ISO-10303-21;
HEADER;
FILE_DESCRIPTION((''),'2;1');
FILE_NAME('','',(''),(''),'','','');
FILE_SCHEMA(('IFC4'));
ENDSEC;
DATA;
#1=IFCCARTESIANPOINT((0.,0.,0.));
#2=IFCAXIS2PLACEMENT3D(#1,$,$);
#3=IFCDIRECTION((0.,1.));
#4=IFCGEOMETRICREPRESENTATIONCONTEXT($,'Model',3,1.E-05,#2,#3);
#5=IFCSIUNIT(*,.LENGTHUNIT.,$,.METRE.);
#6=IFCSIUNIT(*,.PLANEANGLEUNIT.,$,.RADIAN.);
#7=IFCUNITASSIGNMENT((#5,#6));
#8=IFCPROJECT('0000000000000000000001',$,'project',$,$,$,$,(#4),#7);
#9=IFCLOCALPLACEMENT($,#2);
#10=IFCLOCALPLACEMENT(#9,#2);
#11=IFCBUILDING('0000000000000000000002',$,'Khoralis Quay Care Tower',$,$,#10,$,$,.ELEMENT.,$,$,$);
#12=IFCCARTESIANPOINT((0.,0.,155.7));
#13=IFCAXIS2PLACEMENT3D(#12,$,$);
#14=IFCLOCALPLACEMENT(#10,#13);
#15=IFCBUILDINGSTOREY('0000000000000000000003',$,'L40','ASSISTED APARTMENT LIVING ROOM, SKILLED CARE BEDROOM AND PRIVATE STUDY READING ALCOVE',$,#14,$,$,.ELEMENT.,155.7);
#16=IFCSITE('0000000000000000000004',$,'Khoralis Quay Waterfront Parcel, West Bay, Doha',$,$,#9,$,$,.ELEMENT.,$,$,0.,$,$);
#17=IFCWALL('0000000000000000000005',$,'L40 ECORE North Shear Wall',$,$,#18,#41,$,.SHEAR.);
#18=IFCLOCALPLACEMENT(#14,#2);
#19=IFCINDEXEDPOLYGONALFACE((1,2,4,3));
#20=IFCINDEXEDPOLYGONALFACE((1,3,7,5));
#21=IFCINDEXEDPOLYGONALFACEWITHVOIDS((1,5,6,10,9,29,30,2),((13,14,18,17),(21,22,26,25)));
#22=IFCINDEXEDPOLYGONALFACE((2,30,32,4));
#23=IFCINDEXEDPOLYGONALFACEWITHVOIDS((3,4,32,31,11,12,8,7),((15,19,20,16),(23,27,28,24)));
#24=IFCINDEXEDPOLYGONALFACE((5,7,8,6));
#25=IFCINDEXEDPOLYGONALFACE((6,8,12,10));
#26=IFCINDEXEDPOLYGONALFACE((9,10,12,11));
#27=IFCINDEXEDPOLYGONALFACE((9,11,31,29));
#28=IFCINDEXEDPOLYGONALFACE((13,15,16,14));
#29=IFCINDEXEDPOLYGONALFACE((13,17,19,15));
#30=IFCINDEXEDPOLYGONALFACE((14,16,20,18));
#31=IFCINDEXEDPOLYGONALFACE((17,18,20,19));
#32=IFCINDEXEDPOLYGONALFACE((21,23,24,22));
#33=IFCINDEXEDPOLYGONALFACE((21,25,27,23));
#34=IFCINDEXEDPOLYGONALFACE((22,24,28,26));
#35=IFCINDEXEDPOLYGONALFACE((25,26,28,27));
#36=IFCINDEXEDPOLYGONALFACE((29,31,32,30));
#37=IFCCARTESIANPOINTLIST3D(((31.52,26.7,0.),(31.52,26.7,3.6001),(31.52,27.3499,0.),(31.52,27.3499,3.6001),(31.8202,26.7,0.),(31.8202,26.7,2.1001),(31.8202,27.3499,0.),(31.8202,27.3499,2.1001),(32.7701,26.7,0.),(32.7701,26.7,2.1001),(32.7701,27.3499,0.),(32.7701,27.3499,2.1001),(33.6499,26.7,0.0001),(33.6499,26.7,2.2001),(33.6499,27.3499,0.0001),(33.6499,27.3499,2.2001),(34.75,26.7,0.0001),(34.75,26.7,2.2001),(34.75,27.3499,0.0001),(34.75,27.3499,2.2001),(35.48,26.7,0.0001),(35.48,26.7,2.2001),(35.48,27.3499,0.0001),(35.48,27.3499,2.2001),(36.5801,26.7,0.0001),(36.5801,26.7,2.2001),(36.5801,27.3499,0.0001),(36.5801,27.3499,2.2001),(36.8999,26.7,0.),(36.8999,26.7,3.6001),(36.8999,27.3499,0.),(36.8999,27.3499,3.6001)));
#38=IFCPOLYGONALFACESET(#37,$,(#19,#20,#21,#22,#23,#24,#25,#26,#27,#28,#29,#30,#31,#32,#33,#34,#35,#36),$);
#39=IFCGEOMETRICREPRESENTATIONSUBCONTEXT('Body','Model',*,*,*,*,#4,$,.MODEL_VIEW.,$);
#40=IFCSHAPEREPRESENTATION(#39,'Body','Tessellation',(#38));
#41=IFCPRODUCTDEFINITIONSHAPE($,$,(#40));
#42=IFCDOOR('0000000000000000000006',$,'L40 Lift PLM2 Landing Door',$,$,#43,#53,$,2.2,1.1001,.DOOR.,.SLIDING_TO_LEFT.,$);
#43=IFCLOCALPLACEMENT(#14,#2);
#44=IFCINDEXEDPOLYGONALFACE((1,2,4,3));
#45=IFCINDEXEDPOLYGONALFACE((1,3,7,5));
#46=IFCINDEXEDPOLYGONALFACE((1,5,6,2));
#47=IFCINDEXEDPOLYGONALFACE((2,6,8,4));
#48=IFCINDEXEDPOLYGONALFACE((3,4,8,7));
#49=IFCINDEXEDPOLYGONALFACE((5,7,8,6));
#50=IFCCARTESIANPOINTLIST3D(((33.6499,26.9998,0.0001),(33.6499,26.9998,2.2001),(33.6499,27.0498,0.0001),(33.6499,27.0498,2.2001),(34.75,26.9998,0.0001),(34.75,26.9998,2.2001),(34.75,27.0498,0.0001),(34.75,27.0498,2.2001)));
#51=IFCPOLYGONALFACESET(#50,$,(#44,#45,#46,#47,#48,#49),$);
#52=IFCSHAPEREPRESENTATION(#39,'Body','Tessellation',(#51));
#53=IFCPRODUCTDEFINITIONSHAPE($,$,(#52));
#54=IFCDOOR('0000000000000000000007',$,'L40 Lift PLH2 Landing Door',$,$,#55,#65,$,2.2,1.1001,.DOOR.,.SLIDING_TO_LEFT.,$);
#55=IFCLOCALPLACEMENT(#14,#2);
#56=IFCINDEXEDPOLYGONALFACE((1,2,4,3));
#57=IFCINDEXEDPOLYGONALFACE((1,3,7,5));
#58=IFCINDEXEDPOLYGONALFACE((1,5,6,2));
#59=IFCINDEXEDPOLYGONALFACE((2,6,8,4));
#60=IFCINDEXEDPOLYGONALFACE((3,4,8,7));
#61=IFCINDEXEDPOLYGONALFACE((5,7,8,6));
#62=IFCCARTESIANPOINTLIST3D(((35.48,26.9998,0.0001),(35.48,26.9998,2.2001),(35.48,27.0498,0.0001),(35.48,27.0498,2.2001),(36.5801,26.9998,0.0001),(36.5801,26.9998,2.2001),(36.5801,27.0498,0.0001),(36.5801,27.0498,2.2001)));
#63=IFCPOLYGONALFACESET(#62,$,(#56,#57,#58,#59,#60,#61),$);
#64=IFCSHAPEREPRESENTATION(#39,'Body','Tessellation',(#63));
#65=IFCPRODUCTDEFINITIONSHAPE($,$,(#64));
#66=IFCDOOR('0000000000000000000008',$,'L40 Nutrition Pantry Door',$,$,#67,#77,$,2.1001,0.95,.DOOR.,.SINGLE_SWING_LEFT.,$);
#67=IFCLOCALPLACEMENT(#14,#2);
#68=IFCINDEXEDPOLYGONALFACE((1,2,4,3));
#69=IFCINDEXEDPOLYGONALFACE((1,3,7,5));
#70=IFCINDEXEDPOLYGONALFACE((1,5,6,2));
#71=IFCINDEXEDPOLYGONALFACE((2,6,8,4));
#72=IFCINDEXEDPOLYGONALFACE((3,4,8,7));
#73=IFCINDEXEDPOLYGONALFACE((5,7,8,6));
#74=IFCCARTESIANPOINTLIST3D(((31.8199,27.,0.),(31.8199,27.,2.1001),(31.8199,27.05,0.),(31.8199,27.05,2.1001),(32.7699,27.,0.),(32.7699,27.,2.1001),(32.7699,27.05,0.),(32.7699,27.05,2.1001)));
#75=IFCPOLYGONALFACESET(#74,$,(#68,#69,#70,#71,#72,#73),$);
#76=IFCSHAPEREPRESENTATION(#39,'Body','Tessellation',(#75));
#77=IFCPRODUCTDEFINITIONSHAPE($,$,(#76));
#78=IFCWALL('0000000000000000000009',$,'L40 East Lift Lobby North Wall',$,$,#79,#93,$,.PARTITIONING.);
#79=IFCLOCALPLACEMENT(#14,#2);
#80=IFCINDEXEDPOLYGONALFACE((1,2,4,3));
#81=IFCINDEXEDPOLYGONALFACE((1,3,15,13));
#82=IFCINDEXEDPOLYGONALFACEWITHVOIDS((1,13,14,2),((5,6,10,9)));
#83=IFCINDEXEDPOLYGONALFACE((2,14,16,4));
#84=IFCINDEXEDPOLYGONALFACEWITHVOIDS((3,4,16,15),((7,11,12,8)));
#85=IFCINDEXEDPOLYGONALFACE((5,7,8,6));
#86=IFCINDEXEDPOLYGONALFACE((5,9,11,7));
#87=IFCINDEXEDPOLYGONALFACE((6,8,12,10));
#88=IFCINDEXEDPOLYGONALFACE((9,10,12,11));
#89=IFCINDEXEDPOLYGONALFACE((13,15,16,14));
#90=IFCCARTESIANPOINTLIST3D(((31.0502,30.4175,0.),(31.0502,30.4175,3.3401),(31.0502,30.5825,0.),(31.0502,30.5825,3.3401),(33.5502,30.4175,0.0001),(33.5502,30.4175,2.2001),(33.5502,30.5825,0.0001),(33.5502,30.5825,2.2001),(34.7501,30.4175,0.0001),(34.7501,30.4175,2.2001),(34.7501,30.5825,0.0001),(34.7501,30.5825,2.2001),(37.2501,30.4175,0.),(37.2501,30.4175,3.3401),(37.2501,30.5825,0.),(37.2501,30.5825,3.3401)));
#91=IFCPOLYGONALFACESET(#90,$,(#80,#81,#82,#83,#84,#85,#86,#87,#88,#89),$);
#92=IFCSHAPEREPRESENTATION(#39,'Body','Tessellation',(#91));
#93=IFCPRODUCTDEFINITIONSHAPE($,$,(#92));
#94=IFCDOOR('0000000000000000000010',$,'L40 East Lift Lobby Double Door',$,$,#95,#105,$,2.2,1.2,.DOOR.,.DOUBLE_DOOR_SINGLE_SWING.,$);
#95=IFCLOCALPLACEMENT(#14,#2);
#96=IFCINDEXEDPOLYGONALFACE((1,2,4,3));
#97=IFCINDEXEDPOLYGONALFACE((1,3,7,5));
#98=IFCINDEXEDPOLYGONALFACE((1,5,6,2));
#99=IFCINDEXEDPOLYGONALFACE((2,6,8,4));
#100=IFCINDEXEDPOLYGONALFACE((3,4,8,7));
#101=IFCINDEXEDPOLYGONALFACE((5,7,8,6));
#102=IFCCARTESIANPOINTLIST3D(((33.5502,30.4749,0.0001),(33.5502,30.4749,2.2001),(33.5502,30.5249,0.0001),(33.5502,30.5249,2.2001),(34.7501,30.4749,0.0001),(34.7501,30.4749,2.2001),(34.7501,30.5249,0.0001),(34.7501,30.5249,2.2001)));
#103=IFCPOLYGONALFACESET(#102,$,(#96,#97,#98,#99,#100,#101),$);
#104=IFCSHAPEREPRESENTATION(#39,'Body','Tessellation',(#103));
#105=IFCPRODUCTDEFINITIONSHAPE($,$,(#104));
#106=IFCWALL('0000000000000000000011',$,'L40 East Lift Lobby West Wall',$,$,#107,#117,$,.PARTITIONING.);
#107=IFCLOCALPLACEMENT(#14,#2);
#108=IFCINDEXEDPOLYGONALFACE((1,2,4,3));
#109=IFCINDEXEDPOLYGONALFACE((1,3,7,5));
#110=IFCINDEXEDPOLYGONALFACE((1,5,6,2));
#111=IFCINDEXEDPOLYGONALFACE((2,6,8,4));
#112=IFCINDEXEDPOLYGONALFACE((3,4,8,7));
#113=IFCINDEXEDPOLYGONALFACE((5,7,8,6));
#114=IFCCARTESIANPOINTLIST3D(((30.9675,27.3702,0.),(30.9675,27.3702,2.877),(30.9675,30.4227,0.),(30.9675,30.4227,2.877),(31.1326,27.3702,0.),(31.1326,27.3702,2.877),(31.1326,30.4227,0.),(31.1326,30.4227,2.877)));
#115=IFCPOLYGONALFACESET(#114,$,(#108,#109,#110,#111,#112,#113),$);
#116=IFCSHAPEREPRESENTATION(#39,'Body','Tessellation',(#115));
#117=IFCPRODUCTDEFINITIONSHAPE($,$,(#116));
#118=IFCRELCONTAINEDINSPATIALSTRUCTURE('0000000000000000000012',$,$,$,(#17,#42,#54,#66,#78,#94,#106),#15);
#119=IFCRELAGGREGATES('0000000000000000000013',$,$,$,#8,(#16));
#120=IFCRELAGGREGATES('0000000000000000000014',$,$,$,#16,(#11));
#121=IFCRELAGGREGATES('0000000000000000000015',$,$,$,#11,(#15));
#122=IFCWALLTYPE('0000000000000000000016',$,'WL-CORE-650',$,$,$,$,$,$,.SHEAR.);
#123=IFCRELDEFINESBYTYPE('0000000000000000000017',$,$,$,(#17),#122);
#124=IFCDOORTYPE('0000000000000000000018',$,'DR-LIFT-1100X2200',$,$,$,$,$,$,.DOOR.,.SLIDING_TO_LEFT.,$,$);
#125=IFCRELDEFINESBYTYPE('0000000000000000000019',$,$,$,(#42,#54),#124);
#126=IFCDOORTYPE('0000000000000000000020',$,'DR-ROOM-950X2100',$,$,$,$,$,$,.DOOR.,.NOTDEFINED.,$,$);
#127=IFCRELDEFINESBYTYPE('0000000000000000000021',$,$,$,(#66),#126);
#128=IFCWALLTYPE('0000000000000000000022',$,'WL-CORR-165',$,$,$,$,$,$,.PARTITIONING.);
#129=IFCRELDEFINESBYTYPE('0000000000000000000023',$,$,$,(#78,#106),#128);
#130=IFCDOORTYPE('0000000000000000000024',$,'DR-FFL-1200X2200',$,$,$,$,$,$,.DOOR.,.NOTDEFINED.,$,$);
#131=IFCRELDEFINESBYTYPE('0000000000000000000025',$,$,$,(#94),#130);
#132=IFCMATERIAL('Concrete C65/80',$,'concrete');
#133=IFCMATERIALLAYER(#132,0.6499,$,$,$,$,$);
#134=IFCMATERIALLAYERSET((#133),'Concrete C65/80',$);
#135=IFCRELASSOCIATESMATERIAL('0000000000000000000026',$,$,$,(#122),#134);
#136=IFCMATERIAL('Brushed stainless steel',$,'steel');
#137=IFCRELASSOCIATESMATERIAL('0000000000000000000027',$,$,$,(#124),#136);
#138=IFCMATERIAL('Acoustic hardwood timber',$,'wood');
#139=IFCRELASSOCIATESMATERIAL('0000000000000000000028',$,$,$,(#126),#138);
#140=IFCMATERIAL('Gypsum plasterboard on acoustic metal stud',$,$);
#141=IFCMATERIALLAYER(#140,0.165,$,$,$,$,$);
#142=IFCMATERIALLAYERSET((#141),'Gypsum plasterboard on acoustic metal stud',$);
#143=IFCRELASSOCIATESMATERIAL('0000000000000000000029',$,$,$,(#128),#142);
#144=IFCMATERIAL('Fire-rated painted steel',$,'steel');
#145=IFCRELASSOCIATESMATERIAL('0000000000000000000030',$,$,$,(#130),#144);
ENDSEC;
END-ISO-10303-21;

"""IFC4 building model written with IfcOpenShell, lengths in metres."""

from ifc_helpers import new_model, si_unit, direction, frame, frame_2d, origin, place, context, subcontext, project, spatial, rectangle, extrude, source, transform, mapped, material, layer, layer_set, type_object, element, fill, save


model = new_model("IFC4")

# Units and contexts
model_context = context("Model", 3, precision=1e-05, world=origin(), true_north=direction((0.0, 1.0)))
body_context = subcontext(model_context, "Body", "Model", "MODEL_VIEW")
ifc_project = project(units=[si_unit("LENGTHUNIT", "METRE"), si_unit("PLANEANGLEUNIT", "RADIAN")], contexts=[model_context])

# Site, building, storey
site_placement = place(None, origin())
site = spatial("IfcSite", under=ifc_project, at=site_placement, Name="Khoralis Quay Waterfront Parcel, West Bay, Doha", CompositionType="ELEMENT", RefElevation=0.0)
building_placement = place(site_placement, origin())
building = spatial("IfcBuilding", under=site, at=building_placement, Name="Khoralis Quay Care Tower", CompositionType="ELEMENT")
storey_placement = place(building_placement, frame((0.0, 0.0, 155.7)))
storey = spatial("IfcBuildingStorey", under=building, at=storey_placement, Name="L40", Description="ASSISTED APARTMENT LIVING ROOM, SKILLED CARE BEDROOM AND PRIVATE STUDY READING ALCOVE", CompositionType="ELEMENT", Elevation=155.7)

# Wall, openings, doors
ifc_material_1 = material(Name="Concrete C65/80", Category="concrete")
ifc_layer_1 = layer(ifc_material_1, 0.6499)
ifc_layer_set_1 = layer_set([ifc_layer_1], Name="Concrete C65/80")
wall_type_1 = type_object("IfcWallType", Name="WL-CORE-650", PredefinedType="SHEAR", material=ifc_layer_set_1)
wall_1_placement = place(storey_placement, frame((31.52, 27.0249, 0.0), z_axis=(0.0, 0.0, 1.0), x_axis=(1.0, 0.0, 0.0)))
wall_1 = element("IfcWall", 1, at=wall_1_placement, inside=storey, type_object=wall_type_1, Name="L40 ECORE North Shear Wall", PredefinedType="SHEAR", context=body_context, shape_type="SweptSolid", body=[
    extrude(rectangle(XDim=5.3799, YDim=0.6499, at=frame_2d((2.6899, 0.0))), origin(), (0.0, 0.0, 1.0), 3.6001),
])
opening_1_placement = place(wall_1_placement, frame((0.3, 0.0, 0.0)))
opening_1 = element("IfcOpeningElement", 2, at=opening_1_placement, cuts=wall_1, PredefinedType="OPENING", context=body_context, shape_type="SweptSolid", body=[
    extrude(rectangle(XDim=0.95, YDim=2.1001, at=frame_2d((0.4751, 1.05))), frame((0.0, 0.335, 0.0), z_axis=(0.0, -1.0, 0.0), x_axis=(1.0, 0.0, 0.0)), (0.0, 0.0, 1.0), 0.6699),
])
opening_2_placement = place(wall_1_placement, frame((2.1299, 0.0, 0.0)))
opening_2 = element("IfcOpeningElement", 3, at=opening_2_placement, cuts=wall_1, PredefinedType="OPENING", context=body_context, shape_type="SweptSolid", body=[
    extrude(rectangle(XDim=1.1001, YDim=2.2, at=frame_2d((0.55, 1.1001))), frame((0.0, 0.335, 0.0), z_axis=(0.0, -1.0, 0.0), x_axis=(1.0, 0.0, 0.0)), (0.0, 0.0, 1.0), 0.6699),
])
opening_3_placement = place(wall_1_placement, frame((3.96, 0.0, 0.0)))
opening_3 = element("IfcOpeningElement", 4, at=opening_3_placement, cuts=wall_1, PredefinedType="OPENING", context=body_context, shape_type="SweptSolid", body=[
    extrude(rectangle(XDim=1.1001, YDim=2.2, at=frame_2d((0.55, 1.1001))), frame((0.0, 0.335, 0.0), z_axis=(0.0, -1.0, 0.0), x_axis=(1.0, 0.0, 0.0)), (0.0, 0.0, 1.0), 0.6699),
])
ifc_material_2 = material(Name="Brushed stainless steel", Category="steel")
door_type_1 = type_object("IfcDoorType", Name="DR-LIFT-1100X2200", OperationType="SLIDING_TO_LEFT", PredefinedType="DOOR", material=ifc_material_2)
shared_shape_1 = source(origin(), body_context, "Body", "SweptSolid", [
    extrude(rectangle(XDim=1.1001, YDim=2.2, at=frame_2d((0.55, 1.1001))), frame((0.0, 0.0249, 0.0), z_axis=(0.0, -1.0, 0.0), x_axis=(1.0, 0.0, 0.0)), (0.0, 0.0, 1.0), 0.05),
])
door_1_placement = place(opening_2_placement, origin())
door_1 = element("IfcDoor", 5, at=door_1_placement, inside=storey, type_object=door_type_1, Name="L40 Lift PLM2 Landing Door", OperationType="SLIDING_TO_LEFT", OverallHeight=2.2, OverallWidth=1.1001, PredefinedType="DOOR", context=body_context, shape_type="MappedRepresentation", body=[
    mapped(shared_shape_1, transform((0.0, 0.0, 0.0), scale=1.0)),
])
fill(opening_2, door_1)
door_2_placement = place(opening_3_placement, origin())
door_2 = element("IfcDoor", 6, at=door_2_placement, inside=storey, type_object=door_type_1, Name="L40 Lift PLH2 Landing Door", OperationType="SLIDING_TO_LEFT", OverallHeight=2.2, OverallWidth=1.1001, PredefinedType="DOOR", context=body_context, shape_type="MappedRepresentation", body=[
    mapped(shared_shape_1, transform((0.0, 0.0, 0.0), scale=1.0)),
])
fill(opening_3, door_2)
ifc_material_3 = material(Name="Acoustic hardwood timber", Category="wood")
door_type_2 = type_object("IfcDoorType", Name="DR-ROOM-950X2100", OperationType="NOTDEFINED", PredefinedType="DOOR", material=ifc_material_3)
shared_shape_2 = source(origin(), body_context, "Body", "SweptSolid", [
    extrude(rectangle(XDim=0.95, YDim=2.1001, at=frame_2d((0.4751, 1.05))), frame((0.0, 0.0249, 0.0), z_axis=(0.0, -1.0, 0.0), x_axis=(1.0, 0.0, 0.0)), (0.0, 0.0, 1.0), 0.05),
])
door_3_placement = place(opening_1_placement, frame((0.95, 0.0, 0.0), z_axis=(0.0, 0.0, 1.0), x_axis=(-1.0, 0.0, 0.0)))
door_3 = element("IfcDoor", 7, at=door_3_placement, inside=storey, type_object=door_type_2, Name="L40 Nutrition Pantry Door", OperationType="SINGLE_SWING_LEFT", OverallHeight=2.1001, OverallWidth=0.95, PredefinedType="DOOR", context=body_context, shape_type="MappedRepresentation", body=[
    mapped(shared_shape_2, transform((0.0, 0.0, 0.0), scale=1.0)),
])
fill(opening_1, door_3)

# Wall, opening, door
ifc_material_4 = material(Name="Gypsum plasterboard on acoustic metal stud")
ifc_layer_2 = layer(ifc_material_4, 0.165)
ifc_layer_set_2 = layer_set([ifc_layer_2], Name="Gypsum plasterboard on acoustic metal stud")
wall_type_2 = type_object("IfcWallType", Name="WL-CORR-165", PredefinedType="PARTITIONING", material=ifc_layer_set_2)
wall_2_placement = place(storey_placement, frame((31.05, 30.5, 0.0), z_axis=(0.0, 0.0, 1.0), x_axis=(1.0, 0.0, 0.0)))
wall_2 = element("IfcWall", 8, at=wall_2_placement, inside=storey, type_object=wall_type_2, Name="L40 East Lift Lobby North Wall", PredefinedType="PARTITIONING", context=body_context, shape_type="SweptSolid", body=[
    extrude(rectangle(XDim=6.2, YDim=0.165, at=frame_2d((3.1001, 0.0))), origin(), (0.0, 0.0, 1.0), 3.3401),
])
opening_4_placement = place(wall_2_placement, frame((2.5, 0.0, 0.0)))
opening_4 = element("IfcOpeningElement", 9, at=opening_4_placement, cuts=wall_2, PredefinedType="OPENING", context=body_context, shape_type="SweptSolid", body=[
    extrude(rectangle(XDim=1.2, YDim=2.2, at=frame_2d((0.6001, 1.1001))), frame((0.0, 0.0925, 0.0), z_axis=(0.0, -1.0, 0.0), x_axis=(1.0, 0.0, 0.0)), (0.0, 0.0, 1.0), 0.1851),
])
ifc_material_5 = material(Name="Fire-rated painted steel", Category="steel")
door_type_3 = type_object("IfcDoorType", Name="DR-FFL-1200X2200", OperationType="NOTDEFINED", PredefinedType="DOOR", material=ifc_material_5)
shared_shape_3 = source(origin(), body_context, "Body", "SweptSolid", [
    extrude(rectangle(XDim=1.2, YDim=2.2, at=frame_2d((0.6001, 1.1001))), frame((0.0, 0.0249, 0.0), z_axis=(0.0, -1.0, 0.0), x_axis=(1.0, 0.0, 0.0)), (0.0, 0.0, 1.0), 0.05),
])
door_4_placement = place(opening_4_placement, origin())
door_4 = element("IfcDoor", 10, at=door_4_placement, inside=storey, type_object=door_type_3, Name="L40 East Lift Lobby Double Door", OperationType="DOUBLE_DOOR_SINGLE_SWING", OverallHeight=2.2, OverallWidth=1.2, PredefinedType="DOOR", context=body_context, shape_type="MappedRepresentation", body=[
    mapped(shared_shape_3, transform((0.0, 0.0, 0.0), scale=1.0)),
])
fill(opening_4, door_4)

# Wall
wall_3_placement = place(storey_placement, frame((31.05, 27.3701, 0.0), z_axis=(0.0, 0.0, 1.0), x_axis=(0.0, 1.0, 0.0)))
element("IfcWall", 11, at=wall_3_placement, inside=storey, type_object=wall_type_2, Name="L40 East Lift Lobby West Wall", PredefinedType="PARTITIONING", context=body_context, shape_type="SweptSolid", body=[
    extrude(rectangle(XDim=3.0525, YDim=0.165, at=frame_2d((1.5264, 0.0))), origin(), (0.0, 0.0, 1.0), 2.877),
])

save(model, "model.ifc")
